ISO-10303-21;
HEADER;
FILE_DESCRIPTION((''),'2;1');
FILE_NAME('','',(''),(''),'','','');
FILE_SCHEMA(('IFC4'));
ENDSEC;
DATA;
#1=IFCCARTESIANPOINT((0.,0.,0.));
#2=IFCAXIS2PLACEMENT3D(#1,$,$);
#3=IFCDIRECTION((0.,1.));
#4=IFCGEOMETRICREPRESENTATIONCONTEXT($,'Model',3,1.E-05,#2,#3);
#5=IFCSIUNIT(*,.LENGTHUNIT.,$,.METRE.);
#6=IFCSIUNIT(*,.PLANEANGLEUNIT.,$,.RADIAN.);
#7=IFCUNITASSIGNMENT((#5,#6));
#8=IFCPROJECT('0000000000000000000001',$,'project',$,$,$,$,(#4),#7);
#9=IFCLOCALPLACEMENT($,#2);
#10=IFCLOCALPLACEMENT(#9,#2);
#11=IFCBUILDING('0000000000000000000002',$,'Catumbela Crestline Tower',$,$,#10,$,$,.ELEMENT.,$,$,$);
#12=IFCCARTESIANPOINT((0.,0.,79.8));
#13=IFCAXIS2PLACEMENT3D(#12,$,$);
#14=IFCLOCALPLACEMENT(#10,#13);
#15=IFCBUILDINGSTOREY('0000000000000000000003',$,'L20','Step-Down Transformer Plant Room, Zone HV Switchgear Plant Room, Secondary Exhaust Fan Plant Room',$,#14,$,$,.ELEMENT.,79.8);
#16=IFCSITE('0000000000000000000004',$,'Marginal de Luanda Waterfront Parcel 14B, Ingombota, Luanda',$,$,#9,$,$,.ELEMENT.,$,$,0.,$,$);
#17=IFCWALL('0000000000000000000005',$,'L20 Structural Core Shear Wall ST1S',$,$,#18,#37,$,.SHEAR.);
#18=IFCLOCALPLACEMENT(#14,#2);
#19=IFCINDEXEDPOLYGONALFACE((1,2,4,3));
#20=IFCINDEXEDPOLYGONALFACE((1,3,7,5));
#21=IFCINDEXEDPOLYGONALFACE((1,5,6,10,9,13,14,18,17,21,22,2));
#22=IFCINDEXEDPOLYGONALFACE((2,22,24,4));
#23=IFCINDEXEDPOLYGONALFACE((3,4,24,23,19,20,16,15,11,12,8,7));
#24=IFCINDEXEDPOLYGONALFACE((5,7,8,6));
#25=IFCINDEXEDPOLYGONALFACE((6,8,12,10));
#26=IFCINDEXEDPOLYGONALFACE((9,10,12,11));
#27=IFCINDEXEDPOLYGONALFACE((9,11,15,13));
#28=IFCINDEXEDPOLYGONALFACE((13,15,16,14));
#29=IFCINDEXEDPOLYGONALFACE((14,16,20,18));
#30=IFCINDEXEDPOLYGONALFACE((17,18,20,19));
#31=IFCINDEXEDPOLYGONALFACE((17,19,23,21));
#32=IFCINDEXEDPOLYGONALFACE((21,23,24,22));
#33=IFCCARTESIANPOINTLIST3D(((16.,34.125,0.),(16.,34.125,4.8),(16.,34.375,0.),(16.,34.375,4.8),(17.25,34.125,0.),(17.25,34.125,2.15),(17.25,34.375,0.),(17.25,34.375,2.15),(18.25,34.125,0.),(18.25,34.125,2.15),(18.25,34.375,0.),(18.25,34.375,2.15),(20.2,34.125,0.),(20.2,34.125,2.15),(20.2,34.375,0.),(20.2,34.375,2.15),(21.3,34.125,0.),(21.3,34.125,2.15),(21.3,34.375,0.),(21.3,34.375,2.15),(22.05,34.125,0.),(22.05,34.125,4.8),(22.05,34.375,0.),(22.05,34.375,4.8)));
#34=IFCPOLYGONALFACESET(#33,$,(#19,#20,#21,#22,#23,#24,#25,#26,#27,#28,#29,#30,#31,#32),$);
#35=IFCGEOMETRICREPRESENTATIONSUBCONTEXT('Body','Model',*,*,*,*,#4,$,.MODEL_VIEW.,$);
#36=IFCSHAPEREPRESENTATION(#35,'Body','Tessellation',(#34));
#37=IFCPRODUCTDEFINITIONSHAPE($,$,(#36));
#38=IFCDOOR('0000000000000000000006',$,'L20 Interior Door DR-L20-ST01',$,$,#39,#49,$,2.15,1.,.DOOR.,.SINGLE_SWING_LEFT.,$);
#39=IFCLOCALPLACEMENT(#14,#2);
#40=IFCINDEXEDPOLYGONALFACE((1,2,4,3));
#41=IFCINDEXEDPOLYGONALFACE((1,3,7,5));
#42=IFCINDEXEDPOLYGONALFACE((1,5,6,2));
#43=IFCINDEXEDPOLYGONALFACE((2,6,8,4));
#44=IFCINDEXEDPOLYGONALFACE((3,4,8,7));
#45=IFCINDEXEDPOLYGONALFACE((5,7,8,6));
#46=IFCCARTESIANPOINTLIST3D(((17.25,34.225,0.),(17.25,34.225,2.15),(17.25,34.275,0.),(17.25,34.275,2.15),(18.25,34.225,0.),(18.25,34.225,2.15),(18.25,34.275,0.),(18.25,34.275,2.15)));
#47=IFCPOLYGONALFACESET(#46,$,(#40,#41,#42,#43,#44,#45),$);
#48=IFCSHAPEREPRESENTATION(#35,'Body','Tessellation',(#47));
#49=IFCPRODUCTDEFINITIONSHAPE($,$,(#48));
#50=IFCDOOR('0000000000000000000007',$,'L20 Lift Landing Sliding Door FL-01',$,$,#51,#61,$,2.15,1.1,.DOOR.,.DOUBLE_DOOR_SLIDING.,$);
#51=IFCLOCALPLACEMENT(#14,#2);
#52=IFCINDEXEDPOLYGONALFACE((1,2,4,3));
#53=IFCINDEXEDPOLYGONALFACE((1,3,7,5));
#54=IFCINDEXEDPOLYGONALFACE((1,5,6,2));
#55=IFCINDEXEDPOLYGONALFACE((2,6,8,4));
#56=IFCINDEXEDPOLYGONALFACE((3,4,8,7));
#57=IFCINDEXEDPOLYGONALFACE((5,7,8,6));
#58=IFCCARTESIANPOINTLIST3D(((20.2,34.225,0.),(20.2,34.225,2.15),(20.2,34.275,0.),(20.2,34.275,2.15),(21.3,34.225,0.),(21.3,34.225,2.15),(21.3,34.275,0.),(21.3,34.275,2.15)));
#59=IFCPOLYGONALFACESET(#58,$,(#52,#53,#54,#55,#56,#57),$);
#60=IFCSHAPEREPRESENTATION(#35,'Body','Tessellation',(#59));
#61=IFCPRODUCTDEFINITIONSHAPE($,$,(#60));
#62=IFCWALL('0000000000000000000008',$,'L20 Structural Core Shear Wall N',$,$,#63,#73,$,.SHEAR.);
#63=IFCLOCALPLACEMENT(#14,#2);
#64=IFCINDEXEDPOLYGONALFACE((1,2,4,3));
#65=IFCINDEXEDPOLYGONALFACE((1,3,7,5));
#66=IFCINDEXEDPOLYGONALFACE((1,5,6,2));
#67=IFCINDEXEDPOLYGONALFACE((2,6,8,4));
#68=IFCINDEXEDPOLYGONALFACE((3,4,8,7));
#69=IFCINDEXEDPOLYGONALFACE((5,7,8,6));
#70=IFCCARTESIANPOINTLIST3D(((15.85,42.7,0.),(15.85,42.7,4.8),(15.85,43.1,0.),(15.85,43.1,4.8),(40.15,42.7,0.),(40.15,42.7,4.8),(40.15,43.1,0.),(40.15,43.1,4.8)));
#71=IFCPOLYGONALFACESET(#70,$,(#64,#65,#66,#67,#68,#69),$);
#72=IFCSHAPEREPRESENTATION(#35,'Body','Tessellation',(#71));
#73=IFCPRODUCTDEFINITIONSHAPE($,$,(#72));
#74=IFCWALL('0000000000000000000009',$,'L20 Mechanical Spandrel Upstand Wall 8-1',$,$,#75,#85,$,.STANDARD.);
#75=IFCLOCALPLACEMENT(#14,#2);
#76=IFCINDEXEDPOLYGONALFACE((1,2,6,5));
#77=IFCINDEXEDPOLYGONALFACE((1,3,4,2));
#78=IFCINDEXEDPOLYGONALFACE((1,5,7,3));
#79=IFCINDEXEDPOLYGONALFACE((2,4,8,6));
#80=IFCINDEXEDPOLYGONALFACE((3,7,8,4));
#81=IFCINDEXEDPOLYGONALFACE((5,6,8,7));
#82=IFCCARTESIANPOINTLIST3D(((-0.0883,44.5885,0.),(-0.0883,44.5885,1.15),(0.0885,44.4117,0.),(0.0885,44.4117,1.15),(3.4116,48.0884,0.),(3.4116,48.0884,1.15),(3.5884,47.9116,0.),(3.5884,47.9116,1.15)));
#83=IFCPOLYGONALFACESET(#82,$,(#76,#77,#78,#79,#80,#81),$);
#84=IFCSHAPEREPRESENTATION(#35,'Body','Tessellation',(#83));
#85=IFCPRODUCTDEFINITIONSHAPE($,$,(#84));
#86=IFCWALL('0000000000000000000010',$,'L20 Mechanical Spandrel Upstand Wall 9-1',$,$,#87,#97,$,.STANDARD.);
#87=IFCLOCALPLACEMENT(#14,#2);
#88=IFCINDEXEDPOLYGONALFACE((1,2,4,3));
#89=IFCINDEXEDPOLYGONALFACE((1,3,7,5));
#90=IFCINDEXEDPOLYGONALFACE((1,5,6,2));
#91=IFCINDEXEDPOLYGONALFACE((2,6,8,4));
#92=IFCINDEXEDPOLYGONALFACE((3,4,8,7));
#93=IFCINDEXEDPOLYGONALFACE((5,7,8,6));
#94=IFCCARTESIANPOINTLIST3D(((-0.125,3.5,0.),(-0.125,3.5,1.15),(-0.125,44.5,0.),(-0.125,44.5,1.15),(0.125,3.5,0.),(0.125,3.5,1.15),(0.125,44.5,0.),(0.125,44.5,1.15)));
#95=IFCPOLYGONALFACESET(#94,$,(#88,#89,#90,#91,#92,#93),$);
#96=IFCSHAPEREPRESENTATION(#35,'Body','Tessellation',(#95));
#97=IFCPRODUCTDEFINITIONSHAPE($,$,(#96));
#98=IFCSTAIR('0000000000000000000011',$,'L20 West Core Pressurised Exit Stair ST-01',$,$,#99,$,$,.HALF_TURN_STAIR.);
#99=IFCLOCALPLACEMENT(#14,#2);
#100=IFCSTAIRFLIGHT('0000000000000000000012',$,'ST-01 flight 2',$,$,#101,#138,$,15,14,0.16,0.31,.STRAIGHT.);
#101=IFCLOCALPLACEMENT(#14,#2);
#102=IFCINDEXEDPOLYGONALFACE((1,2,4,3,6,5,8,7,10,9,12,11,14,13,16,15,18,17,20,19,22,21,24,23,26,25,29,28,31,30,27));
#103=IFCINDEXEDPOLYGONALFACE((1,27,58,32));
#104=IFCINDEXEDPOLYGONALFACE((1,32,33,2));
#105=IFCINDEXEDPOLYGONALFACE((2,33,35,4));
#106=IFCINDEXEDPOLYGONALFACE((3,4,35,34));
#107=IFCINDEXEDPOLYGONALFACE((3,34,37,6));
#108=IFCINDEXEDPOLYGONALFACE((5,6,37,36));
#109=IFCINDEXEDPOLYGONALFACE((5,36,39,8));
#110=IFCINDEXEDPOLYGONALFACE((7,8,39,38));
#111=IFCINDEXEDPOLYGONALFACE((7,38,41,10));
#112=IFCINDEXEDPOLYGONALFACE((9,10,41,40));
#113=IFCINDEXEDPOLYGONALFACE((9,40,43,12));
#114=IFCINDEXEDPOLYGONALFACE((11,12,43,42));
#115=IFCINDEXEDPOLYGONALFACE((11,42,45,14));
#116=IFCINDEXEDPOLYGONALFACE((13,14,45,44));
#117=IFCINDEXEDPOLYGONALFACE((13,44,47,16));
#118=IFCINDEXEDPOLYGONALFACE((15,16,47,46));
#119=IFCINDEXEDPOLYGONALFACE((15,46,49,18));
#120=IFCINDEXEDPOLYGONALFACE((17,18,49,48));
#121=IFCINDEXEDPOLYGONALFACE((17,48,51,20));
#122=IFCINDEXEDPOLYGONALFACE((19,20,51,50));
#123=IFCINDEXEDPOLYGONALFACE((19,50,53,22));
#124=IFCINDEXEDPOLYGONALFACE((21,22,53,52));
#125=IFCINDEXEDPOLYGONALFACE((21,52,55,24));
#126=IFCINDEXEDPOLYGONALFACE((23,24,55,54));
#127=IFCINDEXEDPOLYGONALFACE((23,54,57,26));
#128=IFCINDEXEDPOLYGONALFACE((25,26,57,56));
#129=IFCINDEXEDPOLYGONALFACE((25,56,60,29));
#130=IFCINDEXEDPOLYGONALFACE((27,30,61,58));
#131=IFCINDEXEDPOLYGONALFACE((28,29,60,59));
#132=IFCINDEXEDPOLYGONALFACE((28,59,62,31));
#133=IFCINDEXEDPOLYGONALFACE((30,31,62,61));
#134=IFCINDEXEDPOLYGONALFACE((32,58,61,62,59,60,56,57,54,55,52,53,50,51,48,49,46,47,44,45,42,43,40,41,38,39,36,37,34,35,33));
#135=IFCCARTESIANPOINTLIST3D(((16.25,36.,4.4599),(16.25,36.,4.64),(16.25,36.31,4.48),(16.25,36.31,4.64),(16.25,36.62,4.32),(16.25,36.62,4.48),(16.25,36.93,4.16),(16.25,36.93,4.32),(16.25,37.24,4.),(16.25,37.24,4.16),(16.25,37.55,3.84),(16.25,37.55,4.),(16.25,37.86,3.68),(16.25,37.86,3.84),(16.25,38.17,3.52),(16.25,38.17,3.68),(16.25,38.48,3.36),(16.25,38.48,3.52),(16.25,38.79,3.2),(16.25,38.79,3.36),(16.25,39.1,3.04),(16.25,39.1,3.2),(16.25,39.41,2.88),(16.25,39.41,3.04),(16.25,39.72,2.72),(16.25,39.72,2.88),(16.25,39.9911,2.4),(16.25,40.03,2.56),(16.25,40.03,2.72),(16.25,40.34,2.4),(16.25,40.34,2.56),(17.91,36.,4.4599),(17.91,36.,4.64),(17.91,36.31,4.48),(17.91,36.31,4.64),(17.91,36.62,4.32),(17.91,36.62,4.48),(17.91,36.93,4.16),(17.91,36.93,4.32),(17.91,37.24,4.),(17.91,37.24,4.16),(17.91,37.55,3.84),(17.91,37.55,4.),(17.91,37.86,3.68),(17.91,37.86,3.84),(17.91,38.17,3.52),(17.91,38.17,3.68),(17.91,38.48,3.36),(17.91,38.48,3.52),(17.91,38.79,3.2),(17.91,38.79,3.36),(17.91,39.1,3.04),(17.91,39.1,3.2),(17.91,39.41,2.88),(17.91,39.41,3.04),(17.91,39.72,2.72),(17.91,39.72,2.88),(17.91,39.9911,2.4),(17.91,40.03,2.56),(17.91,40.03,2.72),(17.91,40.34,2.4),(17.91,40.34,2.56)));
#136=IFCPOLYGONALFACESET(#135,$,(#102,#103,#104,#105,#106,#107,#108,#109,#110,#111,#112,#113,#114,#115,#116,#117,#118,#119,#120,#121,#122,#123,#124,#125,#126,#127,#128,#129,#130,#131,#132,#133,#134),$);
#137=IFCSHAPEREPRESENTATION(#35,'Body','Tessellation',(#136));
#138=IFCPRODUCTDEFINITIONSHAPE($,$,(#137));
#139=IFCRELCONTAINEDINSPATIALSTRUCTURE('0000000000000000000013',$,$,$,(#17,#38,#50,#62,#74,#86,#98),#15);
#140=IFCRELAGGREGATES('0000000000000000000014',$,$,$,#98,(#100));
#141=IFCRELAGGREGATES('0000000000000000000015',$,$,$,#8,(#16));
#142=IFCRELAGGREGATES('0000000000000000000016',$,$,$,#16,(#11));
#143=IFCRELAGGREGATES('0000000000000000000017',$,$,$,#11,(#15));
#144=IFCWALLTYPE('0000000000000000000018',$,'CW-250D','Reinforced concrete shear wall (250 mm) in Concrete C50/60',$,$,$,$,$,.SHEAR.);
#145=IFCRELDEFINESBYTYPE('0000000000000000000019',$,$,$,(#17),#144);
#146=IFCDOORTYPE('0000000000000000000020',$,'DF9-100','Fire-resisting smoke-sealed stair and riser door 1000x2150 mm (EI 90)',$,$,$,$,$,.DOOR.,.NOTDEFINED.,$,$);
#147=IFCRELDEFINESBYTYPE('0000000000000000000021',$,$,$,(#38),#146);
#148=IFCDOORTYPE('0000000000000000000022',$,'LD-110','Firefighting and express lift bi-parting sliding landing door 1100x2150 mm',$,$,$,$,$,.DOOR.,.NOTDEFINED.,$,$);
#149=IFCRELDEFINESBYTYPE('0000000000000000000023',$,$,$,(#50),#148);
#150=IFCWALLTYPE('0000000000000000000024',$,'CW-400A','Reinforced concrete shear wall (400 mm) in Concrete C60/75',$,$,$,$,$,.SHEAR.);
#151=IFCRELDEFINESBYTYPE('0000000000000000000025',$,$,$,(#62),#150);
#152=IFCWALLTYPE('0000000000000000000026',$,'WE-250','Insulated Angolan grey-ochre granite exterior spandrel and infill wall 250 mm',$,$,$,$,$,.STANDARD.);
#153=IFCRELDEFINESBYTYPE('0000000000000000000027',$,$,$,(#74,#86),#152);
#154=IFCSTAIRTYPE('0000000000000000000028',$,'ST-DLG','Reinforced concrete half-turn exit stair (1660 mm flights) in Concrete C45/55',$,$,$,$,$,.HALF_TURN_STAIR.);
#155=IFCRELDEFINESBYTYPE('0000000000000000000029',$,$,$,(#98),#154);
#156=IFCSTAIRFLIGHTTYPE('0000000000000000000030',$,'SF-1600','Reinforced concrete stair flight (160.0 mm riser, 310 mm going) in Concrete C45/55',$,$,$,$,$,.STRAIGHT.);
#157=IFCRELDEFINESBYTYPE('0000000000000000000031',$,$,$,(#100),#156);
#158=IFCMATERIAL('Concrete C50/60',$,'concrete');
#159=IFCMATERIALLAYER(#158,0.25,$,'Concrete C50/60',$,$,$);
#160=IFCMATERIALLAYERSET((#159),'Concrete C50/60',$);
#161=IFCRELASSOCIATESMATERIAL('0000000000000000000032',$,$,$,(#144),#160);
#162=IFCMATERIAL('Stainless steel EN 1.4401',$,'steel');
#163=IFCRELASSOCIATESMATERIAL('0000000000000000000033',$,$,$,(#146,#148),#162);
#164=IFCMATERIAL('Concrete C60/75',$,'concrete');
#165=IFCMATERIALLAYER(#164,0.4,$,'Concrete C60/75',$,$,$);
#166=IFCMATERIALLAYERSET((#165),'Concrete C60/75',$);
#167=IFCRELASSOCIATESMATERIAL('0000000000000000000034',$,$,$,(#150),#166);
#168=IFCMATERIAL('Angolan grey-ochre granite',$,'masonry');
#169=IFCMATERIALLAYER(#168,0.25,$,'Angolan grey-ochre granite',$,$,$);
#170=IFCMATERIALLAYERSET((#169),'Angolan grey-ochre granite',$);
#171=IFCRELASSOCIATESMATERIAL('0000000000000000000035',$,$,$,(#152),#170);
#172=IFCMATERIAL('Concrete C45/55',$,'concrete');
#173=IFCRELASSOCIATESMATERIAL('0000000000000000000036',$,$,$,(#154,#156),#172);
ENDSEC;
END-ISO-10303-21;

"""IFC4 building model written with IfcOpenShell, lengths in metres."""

from ifc_helpers import new_model, si_unit, direction, frame, frame_2d, origin, place, context, subcontext, project, spatial, polyline, rectangle, outline, extrude, material, layer, layer_set, type_object, element, fill, aggregate, save


model = new_model("IFC4")

# Units and contexts
model_context = context("Model", 3, precision=1e-05, world=origin(), true_north=direction((0.0, 1.0)))
body_context = subcontext(model_context, "Body", "Model", "MODEL_VIEW")
ifc_project = project(units=[si_unit("LENGTHUNIT", "METRE"), si_unit("PLANEANGLEUNIT", "RADIAN")], contexts=[model_context])

# Site, building, storey
site_placement = place(None, origin())
site = spatial("IfcSite", under=ifc_project, at=site_placement, Name="Marginal de Luanda Waterfront Parcel 14B, Ingombota, Luanda", CompositionType="ELEMENT", RefElevation=0.0)
building_placement = place(site_placement, origin())
building = spatial("IfcBuilding", under=site, at=building_placement, Name="Catumbela Crestline Tower", CompositionType="ELEMENT")
storey_placement = place(building_placement, frame((0.0, 0.0, 79.8)))
storey = spatial("IfcBuildingStorey", under=building, at=storey_placement, Name="L20", Description="Step-Down Transformer Plant Room, Zone HV Switchgear Plant Room, Secondary Exhaust Fan Plant Room", CompositionType="ELEMENT", Elevation=79.8)

# Wall, openings, doors
ifc_material_1 = material(Name="Concrete C50/60", Category="concrete")
ifc_layer_1 = layer(ifc_material_1, 0.25, Name="Concrete C50/60")
ifc_layer_set_1 = layer_set([ifc_layer_1], Name="Concrete C50/60")
wall_type_1 = type_object("IfcWallType", Name="CW-250D", Description="Reinforced concrete shear wall (250 mm) in Concrete C50/60", PredefinedType="SHEAR", material=ifc_layer_set_1)
wall_1_placement = place(storey_placement, frame((16.0, 34.25, 0.0), z_axis=(0.0, 0.0, 1.0), x_axis=(1.0, 0.0, 0.0)))
wall_1 = element("IfcWall", 1, at=wall_1_placement, inside=storey, type_object=wall_type_1, Name="L20 Structural Core Shear Wall ST1S", PredefinedType="SHEAR", context=body_context, shape_type="SweptSolid", body=[
    extrude(rectangle(XDim=6.05, YDim=0.25, at=frame_2d((3.025, 0.0))), origin(), (0.0, 0.0, 1.0), 4.8),
])
opening_1_placement = place(wall_1_placement, frame((1.25, 0.0, 0.0)))
opening_1 = element("IfcOpeningElement", 2, at=opening_1_placement, cuts=wall_1, PredefinedType="OPENING", context=body_context, shape_type="SweptSolid", body=[
    extrude(rectangle(XDim=1.0, YDim=2.15, at=frame_2d((0.5, 1.075))), frame((0.0, 0.135, 0.0), z_axis=(0.0, -1.0, 0.0), x_axis=(1.0, 0.0, 0.0)), (0.0, 0.0, 1.0), 0.27),
])
opening_2_placement = place(wall_1_placement, frame((4.2, 0.0, 0.0)))
opening_2 = element("IfcOpeningElement", 3, at=opening_2_placement, cuts=wall_1, PredefinedType="OPENING", context=body_context, shape_type="SweptSolid", body=[
    extrude(rectangle(XDim=1.1, YDim=2.15, at=frame_2d((0.55, 1.075))), frame((0.0, 0.135, 0.0), z_axis=(0.0, -1.0, 0.0), x_axis=(1.0, 0.0, 0.0)), (0.0, 0.0, 1.0), 0.27),
])
ifc_material_2 = material(Name="Stainless steel EN 1.4401", Category="steel")
door_type_1 = type_object("IfcDoorType", Name="DF9-100", Description="Fire-resisting smoke-sealed stair and riser door 1000x2150 mm (EI 90)", OperationType="NOTDEFINED", PredefinedType="DOOR", material=ifc_material_2)
door_1_placement = place(opening_1_placement, origin())
door_1 = element("IfcDoor", 4, at=door_1_placement, inside=storey, type_object=door_type_1, Name="L20 Interior Door DR-L20-ST01", OperationType="SINGLE_SWING_LEFT", OverallHeight=2.15, OverallWidth=1.0, PredefinedType="DOOR", context=body_context, shape_type="SweptSolid", body=[
    extrude(rectangle(XDim=1.0, YDim=2.15, at=frame_2d((0.5, 1.075))), frame((0.0, 0.025, 0.0), z_axis=(0.0, -1.0, 0.0), x_axis=(1.0, 0.0, 0.0)), (0.0, 0.0, 1.0), 0.05),
])
fill(opening_1, door_1)
door_type_2 = type_object("IfcDoorType", Name="LD-110", Description="Firefighting and express lift bi-parting sliding landing door 1100x2150 mm", OperationType="NOTDEFINED", PredefinedType="DOOR", material=ifc_material_2)
door_2_placement = place(opening_2_placement, origin())
door_2 = element("IfcDoor", 5, at=door_2_placement, inside=storey, type_object=door_type_2, Name="L20 Lift Landing Sliding Door FL-01", OperationType="DOUBLE_DOOR_SLIDING", OverallHeight=2.15, OverallWidth=1.1, PredefinedType="DOOR", context=body_context, shape_type="SweptSolid", body=[
    extrude(rectangle(XDim=1.1, YDim=2.15, at=frame_2d((0.55, 1.075))), frame((0.0, 0.025, 0.0), z_axis=(0.0, -1.0, 0.0), x_axis=(1.0, 0.0, 0.0)), (0.0, 0.0, 1.0), 0.05),
])
fill(opening_2, door_2)

# Walls
ifc_material_3 = material(Name="Concrete C60/75", Category="concrete")
ifc_layer_2 = layer(ifc_material_3, 0.4, Name="Concrete C60/75")
ifc_layer_set_2 = layer_set([ifc_layer_2], Name="Concrete C60/75")
wall_type_2 = type_object("IfcWallType", Name="CW-400A", Description="Reinforced concrete shear wall (400 mm) in Concrete C60/75", PredefinedType="SHEAR", material=ifc_layer_set_2)
wall_2_placement = place(storey_placement, frame((15.85, 42.9, 0.0), z_axis=(0.0, 0.0, 1.0), x_axis=(1.0, 0.0, 0.0)))
element("IfcWall", 6, at=wall_2_placement, inside=storey, type_object=wall_type_2, Name="L20 Structural Core Shear Wall N", PredefinedType="SHEAR", context=body_context, shape_type="SweptSolid", body=[
    extrude(rectangle(XDim=24.3, YDim=0.4, at=frame_2d((12.15, 0.0))), origin(), (0.0, 0.0, 1.0), 4.8),
])
ifc_material_4 = material(Name="Angolan grey-ochre granite", Category="masonry")
ifc_layer_3 = layer(ifc_material_4, 0.25, Name="Angolan grey-ochre granite")
ifc_layer_set_3 = layer_set([ifc_layer_3], Name="Angolan grey-ochre granite")
wall_type_3 = type_object("IfcWallType", Name="WE-250", Description="Insulated Angolan grey-ochre granite exterior spandrel and infill wall 250 mm", PredefinedType="STANDARD", material=ifc_layer_set_3)
wall_3_placement = place(storey_placement, frame((3.5, 48.0, 0.0), z_axis=(0.0, 0.0, 1.0), x_axis=(-0.707107, -0.707107, 0.0)))
element("IfcWall", 7, at=wall_3_placement, inside=storey, type_object=wall_type_3, Name="L20 Mechanical Spandrel Upstand Wall 8-1", PredefinedType="STANDARD", context=body_context, shape_type="SweptSolid", body=[
    extrude(rectangle(XDim=4.9497, YDim=0.25, at=frame_2d((2.4748, 0.0))), origin(), (0.0, 0.0, 1.0), 1.15),
])
wall_4_placement = place(storey_placement, frame((0.0, 44.5, 0.0), z_axis=(0.0, 0.0, 1.0), x_axis=(0.0, -1.0, 0.0)))
element("IfcWall", 8, at=wall_4_placement, inside=storey, type_object=wall_type_3, Name="L20 Mechanical Spandrel Upstand Wall 9-1", PredefinedType="STANDARD", context=body_context, shape_type="SweptSolid", body=[
    extrude(rectangle(XDim=41.0, YDim=0.25, at=frame_2d((20.5, 0.0))), origin(), (0.0, 0.0, 1.0), 1.15),
])

# Stair, stair flight
ifc_material_5 = material(Name="Concrete C45/55", Category="concrete")
stair_type = type_object("IfcStairType", Name="ST-DLG", Description="Reinforced concrete half-turn exit stair (1660 mm flights) in Concrete C45/55", PredefinedType="HALF_TURN_STAIR", material=ifc_material_5)
stair_placement = place(storey_placement, origin())
stair = element("IfcStair", 9, at=stair_placement, inside=storey, type_object=stair_type, Name="L20 West Core Pressurised Exit Stair ST-01", PredefinedType="HALF_TURN_STAIR")
stair_flight_type = type_object("IfcStairFlightType", Name="SF-1600", Description="Reinforced concrete stair flight (160.0 mm riser, 310 mm going) in Concrete C45/55", PredefinedType="STRAIGHT", material=ifc_material_5)
stair_flight_placement = place(storey_placement, frame((17.08, 40.34, 2.4), z_axis=(0.0, 0.0, 1.0), x_axis=(0.0, -1.0, 0.0)))
stair_flight = element("IfcStairFlight", 10, at=stair_flight_placement, type_object=stair_flight_type, Name="ST-01 flight 2", NumberOfRisers=15, NumberOfTreads=14, PredefinedType="STRAIGHT", RiserHeight=0.16, TreadLength=0.31, context=body_context, shape_type="SweptSolid", body=[
    extrude(outline(polyline([(0.0, 0.0), (0.0, 0.16), (0.31, 0.16), (0.31, 0.32), (0.62, 0.32), (0.62, 0.48), (0.93, 0.48), (0.93, 0.64), (1.24, 0.64), (1.24, 0.8), (1.55, 0.8), (1.55, 0.96), (1.86, 0.96), (1.86, 1.12), (2.17, 1.12), (2.17, 1.28), (2.48, 1.28), (2.48, 1.44), (2.79, 1.44), (2.79, 1.6), (3.1, 1.6), (3.1, 1.76), (3.41, 1.76), (3.41, 1.92), (3.72, 1.92), (3.72, 2.08), (4.03, 2.08), (4.03, 2.24), (4.34, 2.24), (4.34, 2.4), (4.34, 2.0599), (0.3489, 0.0), (0.0, 0.0)])), frame((0.0, 0.83, 0.0), z_axis=(0.0, -1.0, 0.0), x_axis=(1.0, 0.0, 0.0)), (0.0, 0.0, 1.0), 1.66),
])
aggregate(stair, [stair_flight])

save(model, "model.ifc")
